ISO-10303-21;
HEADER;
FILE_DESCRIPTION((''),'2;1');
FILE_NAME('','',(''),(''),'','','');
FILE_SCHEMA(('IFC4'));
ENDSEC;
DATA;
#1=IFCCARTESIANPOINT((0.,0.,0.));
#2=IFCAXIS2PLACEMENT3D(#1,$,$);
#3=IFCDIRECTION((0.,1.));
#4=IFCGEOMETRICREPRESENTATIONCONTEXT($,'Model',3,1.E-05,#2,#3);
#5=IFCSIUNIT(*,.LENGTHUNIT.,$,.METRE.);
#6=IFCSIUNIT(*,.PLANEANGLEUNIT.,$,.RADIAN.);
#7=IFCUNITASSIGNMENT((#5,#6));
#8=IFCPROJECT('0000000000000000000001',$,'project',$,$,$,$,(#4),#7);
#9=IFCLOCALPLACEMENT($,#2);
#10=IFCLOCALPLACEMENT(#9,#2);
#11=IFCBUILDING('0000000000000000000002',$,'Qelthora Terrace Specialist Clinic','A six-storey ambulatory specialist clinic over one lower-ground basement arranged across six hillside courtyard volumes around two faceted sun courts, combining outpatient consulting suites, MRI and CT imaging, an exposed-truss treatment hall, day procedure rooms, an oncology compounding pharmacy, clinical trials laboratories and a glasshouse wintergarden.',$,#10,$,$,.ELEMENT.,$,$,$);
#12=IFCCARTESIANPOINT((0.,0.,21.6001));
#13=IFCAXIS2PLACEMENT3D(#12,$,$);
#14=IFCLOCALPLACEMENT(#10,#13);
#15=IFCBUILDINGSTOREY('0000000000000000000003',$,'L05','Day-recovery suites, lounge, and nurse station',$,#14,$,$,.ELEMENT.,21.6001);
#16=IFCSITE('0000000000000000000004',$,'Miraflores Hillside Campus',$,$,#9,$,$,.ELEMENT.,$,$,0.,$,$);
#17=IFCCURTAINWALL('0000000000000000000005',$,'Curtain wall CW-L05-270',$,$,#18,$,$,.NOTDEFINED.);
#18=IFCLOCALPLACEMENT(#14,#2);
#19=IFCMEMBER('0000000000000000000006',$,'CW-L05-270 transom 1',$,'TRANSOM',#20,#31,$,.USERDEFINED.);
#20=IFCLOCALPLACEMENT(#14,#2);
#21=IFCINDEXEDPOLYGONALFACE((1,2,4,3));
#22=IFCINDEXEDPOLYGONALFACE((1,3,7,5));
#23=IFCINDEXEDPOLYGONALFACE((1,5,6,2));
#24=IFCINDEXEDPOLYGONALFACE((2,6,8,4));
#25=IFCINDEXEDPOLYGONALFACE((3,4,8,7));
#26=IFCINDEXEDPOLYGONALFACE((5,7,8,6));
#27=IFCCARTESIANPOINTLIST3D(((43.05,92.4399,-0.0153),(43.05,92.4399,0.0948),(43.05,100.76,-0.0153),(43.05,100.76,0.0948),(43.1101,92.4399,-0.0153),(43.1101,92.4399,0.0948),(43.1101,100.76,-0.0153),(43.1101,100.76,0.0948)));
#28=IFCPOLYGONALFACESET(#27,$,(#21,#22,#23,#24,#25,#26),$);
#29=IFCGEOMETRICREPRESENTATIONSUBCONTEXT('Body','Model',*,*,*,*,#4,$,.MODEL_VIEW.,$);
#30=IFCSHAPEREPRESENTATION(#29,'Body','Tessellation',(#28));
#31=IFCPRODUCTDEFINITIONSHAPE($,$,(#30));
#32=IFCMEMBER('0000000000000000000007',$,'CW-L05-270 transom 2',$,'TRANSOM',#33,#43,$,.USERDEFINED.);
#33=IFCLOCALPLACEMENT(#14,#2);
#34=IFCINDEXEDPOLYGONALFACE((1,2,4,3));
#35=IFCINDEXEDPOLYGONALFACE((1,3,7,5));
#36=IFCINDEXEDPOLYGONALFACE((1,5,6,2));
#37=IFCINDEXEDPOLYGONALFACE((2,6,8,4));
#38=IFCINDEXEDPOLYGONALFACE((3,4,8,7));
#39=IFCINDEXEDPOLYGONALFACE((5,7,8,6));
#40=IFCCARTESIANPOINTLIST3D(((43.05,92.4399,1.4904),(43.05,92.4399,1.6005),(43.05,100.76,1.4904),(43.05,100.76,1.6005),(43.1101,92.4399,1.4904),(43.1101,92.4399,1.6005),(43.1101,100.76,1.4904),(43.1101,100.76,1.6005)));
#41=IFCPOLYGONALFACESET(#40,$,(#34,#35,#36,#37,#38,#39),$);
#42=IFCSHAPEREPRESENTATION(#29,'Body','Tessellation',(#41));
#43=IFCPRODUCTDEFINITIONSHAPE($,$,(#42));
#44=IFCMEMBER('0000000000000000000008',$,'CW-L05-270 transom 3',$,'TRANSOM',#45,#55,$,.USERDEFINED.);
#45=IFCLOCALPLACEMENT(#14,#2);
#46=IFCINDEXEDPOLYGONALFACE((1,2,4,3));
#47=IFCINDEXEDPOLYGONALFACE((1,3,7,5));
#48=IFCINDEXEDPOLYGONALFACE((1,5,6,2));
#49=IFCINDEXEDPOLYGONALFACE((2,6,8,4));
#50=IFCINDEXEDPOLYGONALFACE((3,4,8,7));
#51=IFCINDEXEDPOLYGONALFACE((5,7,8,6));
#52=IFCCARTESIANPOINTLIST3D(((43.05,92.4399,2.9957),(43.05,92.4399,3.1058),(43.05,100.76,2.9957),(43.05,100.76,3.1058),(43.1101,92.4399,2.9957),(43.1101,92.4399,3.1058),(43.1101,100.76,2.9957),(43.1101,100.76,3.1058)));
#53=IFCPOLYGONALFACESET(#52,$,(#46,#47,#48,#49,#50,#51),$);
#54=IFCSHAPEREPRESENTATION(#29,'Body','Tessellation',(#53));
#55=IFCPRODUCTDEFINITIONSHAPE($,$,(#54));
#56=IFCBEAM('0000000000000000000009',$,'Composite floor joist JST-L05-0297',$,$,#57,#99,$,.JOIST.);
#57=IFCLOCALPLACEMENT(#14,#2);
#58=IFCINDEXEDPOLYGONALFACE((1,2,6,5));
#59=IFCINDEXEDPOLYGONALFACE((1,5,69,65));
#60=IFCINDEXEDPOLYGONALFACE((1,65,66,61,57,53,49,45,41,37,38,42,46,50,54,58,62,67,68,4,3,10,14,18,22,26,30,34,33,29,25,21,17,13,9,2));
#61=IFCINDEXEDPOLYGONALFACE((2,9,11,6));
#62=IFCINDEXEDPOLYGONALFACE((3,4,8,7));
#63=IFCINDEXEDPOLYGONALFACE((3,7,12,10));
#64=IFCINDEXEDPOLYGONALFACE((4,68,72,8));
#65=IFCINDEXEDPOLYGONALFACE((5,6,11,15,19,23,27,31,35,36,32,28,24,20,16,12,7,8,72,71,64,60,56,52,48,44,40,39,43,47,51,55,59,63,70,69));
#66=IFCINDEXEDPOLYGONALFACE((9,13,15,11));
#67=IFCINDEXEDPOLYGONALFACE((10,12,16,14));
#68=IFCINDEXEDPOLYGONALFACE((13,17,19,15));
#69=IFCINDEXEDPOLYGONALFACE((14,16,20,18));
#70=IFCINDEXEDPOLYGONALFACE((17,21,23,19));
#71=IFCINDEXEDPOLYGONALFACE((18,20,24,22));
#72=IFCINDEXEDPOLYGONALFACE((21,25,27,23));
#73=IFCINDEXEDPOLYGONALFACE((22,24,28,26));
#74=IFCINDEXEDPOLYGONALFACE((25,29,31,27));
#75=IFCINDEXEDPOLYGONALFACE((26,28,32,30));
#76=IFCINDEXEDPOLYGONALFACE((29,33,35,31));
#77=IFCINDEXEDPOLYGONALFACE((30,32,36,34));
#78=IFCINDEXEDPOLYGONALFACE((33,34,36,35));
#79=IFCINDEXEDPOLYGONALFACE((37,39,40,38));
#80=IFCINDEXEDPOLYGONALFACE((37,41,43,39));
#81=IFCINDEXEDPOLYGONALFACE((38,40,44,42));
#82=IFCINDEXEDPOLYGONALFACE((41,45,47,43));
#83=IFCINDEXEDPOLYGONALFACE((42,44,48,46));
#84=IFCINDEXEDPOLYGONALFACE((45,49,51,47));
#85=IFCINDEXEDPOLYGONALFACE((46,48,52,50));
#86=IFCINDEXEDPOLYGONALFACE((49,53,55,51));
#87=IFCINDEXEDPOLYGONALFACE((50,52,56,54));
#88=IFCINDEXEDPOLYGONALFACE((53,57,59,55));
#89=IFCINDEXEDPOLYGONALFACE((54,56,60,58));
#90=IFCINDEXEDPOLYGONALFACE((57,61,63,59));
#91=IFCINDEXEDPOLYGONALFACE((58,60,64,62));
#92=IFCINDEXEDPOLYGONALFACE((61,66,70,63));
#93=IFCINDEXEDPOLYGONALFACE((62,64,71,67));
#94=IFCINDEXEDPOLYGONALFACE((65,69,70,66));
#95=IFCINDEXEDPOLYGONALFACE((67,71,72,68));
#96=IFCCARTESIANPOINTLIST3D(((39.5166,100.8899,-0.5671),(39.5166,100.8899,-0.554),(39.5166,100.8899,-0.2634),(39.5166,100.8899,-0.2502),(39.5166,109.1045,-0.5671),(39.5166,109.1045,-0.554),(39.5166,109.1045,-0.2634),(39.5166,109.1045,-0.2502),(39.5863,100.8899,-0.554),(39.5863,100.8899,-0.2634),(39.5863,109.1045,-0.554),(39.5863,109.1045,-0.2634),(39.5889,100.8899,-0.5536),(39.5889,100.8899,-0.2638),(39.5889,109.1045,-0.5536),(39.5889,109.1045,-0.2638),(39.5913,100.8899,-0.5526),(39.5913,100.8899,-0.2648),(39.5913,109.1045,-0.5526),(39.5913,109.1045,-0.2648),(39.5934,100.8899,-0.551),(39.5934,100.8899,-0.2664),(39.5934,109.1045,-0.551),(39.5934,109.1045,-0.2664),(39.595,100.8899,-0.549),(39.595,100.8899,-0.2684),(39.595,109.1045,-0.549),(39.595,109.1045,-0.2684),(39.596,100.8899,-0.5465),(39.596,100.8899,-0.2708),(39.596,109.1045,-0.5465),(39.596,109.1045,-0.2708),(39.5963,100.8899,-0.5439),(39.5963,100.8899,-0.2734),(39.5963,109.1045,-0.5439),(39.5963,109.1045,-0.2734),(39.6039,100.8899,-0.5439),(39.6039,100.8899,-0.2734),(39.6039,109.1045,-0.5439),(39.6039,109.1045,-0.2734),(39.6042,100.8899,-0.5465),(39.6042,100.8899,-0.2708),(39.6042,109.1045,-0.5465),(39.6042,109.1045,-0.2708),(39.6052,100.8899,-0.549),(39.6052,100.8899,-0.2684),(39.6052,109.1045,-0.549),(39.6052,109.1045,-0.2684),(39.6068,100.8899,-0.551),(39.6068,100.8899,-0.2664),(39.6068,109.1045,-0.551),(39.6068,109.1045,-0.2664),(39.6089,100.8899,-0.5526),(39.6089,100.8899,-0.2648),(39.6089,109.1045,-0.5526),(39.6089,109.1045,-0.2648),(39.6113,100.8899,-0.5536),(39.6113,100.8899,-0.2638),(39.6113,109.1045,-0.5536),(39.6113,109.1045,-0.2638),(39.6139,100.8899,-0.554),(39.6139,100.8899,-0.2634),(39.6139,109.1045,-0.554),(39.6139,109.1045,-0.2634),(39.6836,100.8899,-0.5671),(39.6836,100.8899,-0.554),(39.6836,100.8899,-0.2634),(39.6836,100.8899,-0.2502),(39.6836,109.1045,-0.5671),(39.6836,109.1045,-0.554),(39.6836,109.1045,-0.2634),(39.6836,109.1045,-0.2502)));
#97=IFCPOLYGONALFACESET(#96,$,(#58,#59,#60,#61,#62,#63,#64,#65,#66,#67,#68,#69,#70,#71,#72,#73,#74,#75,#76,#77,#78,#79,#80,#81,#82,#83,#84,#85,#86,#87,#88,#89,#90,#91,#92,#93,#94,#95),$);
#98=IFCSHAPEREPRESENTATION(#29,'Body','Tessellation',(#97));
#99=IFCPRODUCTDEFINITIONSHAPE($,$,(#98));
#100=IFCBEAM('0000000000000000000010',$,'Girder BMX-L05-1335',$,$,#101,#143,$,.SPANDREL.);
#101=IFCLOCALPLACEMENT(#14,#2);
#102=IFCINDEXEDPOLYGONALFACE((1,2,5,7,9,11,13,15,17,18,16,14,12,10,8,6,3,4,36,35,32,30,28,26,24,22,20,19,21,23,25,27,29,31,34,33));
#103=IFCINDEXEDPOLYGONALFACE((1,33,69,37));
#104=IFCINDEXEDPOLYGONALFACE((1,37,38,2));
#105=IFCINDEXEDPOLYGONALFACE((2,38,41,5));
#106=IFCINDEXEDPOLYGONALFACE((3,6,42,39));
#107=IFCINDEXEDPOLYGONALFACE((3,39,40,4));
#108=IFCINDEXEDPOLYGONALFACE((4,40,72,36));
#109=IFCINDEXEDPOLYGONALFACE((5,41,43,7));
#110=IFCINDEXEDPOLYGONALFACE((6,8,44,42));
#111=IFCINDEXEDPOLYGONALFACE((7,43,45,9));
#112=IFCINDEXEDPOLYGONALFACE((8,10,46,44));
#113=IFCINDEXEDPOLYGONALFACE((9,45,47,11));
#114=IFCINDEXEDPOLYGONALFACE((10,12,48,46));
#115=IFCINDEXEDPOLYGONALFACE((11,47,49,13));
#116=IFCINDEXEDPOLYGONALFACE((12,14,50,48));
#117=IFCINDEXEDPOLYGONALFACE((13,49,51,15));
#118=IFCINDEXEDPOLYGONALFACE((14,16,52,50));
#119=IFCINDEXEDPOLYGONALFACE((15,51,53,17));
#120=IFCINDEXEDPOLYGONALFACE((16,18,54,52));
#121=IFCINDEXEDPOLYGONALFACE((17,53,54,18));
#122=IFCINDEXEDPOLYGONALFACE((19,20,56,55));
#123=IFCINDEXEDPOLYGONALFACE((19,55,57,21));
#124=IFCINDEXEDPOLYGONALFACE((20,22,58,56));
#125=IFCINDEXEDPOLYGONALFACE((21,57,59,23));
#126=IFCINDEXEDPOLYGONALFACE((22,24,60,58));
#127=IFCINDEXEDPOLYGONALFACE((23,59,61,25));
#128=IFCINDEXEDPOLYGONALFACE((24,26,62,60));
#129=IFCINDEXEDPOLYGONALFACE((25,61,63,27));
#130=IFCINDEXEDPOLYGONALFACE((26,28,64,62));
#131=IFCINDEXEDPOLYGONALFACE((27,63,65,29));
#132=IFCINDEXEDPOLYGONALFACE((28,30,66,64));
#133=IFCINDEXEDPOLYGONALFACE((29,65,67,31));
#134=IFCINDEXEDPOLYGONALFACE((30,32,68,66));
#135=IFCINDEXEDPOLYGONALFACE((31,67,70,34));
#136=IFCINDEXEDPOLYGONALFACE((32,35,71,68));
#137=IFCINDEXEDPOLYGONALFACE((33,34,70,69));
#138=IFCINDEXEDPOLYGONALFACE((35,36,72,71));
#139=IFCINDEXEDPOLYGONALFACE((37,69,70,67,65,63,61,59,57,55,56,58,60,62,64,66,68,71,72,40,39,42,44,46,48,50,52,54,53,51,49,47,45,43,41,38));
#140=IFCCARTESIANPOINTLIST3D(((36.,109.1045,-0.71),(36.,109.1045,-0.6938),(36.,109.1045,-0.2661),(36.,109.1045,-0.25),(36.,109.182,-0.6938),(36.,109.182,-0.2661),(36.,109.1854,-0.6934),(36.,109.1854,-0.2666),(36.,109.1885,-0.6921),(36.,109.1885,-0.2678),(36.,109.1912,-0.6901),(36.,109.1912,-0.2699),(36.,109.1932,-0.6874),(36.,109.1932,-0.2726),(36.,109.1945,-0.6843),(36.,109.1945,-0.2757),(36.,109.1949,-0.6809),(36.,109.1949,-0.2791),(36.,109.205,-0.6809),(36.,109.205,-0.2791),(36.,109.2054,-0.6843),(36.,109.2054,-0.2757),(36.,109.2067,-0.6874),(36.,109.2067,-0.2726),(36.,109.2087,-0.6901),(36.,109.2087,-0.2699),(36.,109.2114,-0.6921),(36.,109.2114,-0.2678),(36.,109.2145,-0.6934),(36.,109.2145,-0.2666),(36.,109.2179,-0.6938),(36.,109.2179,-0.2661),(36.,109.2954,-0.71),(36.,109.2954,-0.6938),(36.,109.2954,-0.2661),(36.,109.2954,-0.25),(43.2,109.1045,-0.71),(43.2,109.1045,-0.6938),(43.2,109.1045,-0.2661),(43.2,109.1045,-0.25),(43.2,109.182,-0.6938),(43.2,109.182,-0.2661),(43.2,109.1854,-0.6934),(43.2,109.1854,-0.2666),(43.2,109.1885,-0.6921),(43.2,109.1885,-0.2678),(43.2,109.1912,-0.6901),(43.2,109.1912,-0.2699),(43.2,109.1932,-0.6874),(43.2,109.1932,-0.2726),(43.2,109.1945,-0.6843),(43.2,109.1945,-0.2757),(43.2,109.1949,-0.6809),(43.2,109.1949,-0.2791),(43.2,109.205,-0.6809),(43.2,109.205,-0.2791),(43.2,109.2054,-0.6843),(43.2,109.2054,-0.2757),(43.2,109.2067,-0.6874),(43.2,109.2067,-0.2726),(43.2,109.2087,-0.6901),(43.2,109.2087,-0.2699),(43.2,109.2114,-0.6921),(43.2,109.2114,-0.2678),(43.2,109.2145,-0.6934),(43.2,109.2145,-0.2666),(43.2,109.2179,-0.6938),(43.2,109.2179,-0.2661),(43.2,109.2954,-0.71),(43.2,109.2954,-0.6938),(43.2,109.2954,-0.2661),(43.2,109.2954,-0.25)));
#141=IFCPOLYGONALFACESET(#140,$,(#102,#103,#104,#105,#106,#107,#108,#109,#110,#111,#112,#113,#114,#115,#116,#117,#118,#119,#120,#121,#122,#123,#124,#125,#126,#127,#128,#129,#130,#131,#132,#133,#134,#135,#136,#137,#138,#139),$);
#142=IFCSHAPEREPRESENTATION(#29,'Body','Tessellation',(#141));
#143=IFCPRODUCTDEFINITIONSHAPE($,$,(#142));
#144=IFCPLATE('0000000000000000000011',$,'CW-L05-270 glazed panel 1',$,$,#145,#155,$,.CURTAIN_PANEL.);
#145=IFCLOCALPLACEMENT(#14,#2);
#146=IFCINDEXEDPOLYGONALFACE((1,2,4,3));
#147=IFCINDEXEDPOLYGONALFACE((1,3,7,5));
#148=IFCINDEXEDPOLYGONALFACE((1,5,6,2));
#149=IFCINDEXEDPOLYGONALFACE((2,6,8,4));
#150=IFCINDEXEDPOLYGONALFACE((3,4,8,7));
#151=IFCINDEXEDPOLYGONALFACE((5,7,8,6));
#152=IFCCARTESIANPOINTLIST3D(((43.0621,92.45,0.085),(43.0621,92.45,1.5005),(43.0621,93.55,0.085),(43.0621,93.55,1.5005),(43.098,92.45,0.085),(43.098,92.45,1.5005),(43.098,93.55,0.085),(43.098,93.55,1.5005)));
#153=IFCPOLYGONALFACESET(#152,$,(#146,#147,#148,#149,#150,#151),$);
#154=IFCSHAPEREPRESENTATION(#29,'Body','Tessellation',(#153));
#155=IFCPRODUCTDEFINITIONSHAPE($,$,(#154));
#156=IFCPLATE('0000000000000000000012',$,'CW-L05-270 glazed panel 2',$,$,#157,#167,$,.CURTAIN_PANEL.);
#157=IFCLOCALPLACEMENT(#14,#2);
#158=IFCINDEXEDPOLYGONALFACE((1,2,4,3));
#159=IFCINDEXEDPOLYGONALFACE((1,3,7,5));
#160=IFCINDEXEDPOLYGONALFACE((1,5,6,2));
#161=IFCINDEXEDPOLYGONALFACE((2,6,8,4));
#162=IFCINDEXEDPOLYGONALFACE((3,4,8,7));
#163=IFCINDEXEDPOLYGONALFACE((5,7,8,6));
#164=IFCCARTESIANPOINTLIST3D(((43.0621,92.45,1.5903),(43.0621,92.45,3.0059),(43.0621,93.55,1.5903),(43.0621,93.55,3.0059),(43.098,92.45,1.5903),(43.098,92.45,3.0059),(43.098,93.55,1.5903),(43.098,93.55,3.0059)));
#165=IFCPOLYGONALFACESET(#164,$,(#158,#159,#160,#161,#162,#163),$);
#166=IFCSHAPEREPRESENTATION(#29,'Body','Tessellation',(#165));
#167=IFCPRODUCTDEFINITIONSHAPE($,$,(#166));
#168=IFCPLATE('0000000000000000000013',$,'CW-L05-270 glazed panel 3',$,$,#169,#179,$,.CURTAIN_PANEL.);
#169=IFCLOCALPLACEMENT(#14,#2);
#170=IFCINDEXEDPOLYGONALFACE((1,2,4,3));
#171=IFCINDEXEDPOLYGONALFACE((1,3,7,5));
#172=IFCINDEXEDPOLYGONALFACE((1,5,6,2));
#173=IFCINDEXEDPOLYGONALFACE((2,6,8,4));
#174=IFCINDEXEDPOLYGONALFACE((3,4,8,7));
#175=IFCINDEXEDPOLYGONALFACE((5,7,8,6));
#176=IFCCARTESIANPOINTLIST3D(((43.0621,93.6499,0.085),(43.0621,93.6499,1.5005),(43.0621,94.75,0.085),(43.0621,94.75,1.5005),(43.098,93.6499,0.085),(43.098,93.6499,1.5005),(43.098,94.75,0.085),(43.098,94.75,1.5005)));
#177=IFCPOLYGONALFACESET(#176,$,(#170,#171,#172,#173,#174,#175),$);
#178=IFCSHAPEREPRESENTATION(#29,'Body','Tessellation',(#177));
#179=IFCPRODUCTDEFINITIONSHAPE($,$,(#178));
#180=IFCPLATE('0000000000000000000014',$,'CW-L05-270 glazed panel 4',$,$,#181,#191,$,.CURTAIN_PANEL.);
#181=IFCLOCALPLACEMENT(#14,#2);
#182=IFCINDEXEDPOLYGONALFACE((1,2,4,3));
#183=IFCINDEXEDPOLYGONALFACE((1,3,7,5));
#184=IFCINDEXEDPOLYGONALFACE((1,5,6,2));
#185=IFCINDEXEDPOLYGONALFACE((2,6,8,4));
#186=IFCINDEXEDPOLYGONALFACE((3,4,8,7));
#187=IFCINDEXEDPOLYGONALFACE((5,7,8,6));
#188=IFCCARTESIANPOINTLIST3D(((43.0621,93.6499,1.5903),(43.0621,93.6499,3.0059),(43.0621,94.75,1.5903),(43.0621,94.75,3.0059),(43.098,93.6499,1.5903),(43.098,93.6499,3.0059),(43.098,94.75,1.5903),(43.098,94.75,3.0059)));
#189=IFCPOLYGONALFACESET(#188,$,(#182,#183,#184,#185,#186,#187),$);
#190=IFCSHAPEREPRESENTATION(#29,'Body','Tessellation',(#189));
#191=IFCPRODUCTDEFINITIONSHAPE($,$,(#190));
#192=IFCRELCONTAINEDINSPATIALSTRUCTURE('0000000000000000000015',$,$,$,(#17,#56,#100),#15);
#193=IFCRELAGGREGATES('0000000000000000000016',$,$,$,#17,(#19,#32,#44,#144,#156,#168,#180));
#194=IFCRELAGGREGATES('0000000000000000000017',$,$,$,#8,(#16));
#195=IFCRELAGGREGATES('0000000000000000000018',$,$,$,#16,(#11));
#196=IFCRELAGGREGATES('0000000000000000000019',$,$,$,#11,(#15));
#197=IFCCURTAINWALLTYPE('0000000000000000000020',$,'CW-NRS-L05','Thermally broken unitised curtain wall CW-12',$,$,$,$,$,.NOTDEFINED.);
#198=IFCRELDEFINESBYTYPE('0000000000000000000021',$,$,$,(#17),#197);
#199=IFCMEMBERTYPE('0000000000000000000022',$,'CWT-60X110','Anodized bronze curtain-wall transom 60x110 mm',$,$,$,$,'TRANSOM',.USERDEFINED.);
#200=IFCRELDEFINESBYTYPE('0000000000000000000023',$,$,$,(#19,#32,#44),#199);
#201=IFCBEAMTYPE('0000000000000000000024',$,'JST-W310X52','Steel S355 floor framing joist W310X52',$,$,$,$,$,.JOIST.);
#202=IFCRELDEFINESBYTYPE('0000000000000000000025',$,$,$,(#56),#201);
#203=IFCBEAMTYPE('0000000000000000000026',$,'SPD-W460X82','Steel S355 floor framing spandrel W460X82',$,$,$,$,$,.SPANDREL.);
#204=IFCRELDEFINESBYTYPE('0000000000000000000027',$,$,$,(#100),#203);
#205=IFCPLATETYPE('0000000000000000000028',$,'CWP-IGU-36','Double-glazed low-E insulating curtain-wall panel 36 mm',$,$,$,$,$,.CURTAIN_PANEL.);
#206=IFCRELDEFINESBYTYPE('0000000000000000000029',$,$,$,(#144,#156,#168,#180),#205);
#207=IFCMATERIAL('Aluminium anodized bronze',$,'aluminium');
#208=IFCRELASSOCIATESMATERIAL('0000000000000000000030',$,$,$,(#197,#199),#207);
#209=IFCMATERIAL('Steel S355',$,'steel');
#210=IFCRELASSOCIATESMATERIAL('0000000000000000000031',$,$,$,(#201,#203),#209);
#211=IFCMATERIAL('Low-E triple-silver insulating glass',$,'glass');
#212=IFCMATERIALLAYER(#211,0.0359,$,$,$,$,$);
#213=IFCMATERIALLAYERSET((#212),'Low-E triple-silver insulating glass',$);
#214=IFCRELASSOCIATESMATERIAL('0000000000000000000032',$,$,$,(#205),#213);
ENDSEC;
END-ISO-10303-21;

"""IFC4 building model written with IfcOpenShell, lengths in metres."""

from ifc_helpers import new_model, si_unit, direction, frame, origin, origin_2d, place, context, subcontext, project, spatial, rectangle, i_section, extrude, material, layer, layer_set, material_profile, profile_set, type_object, element, aggregate, save


model = new_model("IFC4")

# Units and contexts
model_context = context("Model", 3, precision=1e-05, world=origin(), true_north=direction((0.0, 1.0)))
body_context = subcontext(model_context, "Body", "Model", "MODEL_VIEW")
ifc_project = project(units=[si_unit("LENGTHUNIT", "METRE"), si_unit("PLANEANGLEUNIT", "RADIAN")], contexts=[model_context])

# Site, building, storey
site_placement = place(None, origin())
site = spatial("IfcSite", under=ifc_project, at=site_placement, Name="Miraflores Hillside Campus", CompositionType="ELEMENT", RefElevation=0.0)
building_placement = place(site_placement, origin())
building = spatial("IfcBuilding", under=site, at=building_placement, Name="Qelthora Terrace Specialist Clinic", Description="A six-storey ambulatory specialist clinic over one lower-ground basement arranged across six hillside courtyard volumes around two faceted sun courts, combining outpatient consulting suites, MRI and CT imaging, an exposed-truss treatment hall, day procedure rooms, an oncology compounding pharmacy, clinical trials laboratories and a glasshouse wintergarden.", CompositionType="ELEMENT")
storey_placement = place(building_placement, frame((0.0, 0.0, 21.6001)))
storey = spatial("IfcBuildingStorey", under=building, at=storey_placement, Name="L05", Description="Day-recovery suites, lounge, and nurse station", CompositionType="ELEMENT", Elevation=21.6001)

# Shared definitions
ifc_material_1 = material(Name="Steel S355", Category="steel")

# Curtain wall, members
ifc_material_2 = material(Name="Aluminium anodized bronze", Category="aluminium")
curtain_wall_type = type_object("IfcCurtainWallType", Name="CW-NRS-L05", Description="Thermally broken unitised curtain wall CW-12", PredefinedType="NOTDEFINED", material=ifc_material_2)
curtain_wall_placement = place(storey_placement, origin())
curtain_wall = element("IfcCurtainWall", 1, at=curtain_wall_placement, inside=storey, type_object=curtain_wall_type, Name="Curtain wall CW-L05-270", PredefinedType="NOTDEFINED")
ifc_material_profile_1 = material_profile(ifc_material_2, rectangle(XDim=0.0601, YDim=0.1101, at=origin_2d()), Name="CWT60X110")
ifc_profile_set_1 = profile_set([ifc_material_profile_1], Name="Aluminium anodized bronze")
member_type_1 = type_object("IfcMemberType", Name="CWT-60X110", Description="Anodized bronze curtain-wall transom 60x110 mm", ElementType="TRANSOM", PredefinedType="USERDEFINED", material=ifc_profile_set_1)
member_1_placement = place(storey_placement, frame((43.0801, 92.4399, 0.0398), z_axis=(0.0, 1.0, 0.0), x_axis=(-1.0, 0.0, 0.0)))
member_1 = element("IfcMember", 2, at=member_1_placement, type_object=member_type_1, Name="CW-L05-270 transom 1", ObjectType="TRANSOM", PredefinedType="USERDEFINED", context=body_context, shape_type="SweptSolid", body=[
    extrude(rectangle(XDim=0.0601, YDim=0.1101, at=origin_2d()), origin(), (0.0, 0.0, 1.0), 8.3201),
])
member_2_placement = place(storey_placement, frame((43.0801, 92.4399, 1.5454), z_axis=(0.0, 1.0, 0.0), x_axis=(-1.0, 0.0, 0.0)))
member_2 = element("IfcMember", 3, at=member_2_placement, type_object=member_type_1, Name="CW-L05-270 transom 2", ObjectType="TRANSOM", PredefinedType="USERDEFINED", context=body_context, shape_type="SweptSolid", body=[
    extrude(rectangle(XDim=0.0601, YDim=0.1101, at=origin_2d()), origin(), (0.0, 0.0, 1.0), 8.3201),
])
member_3_placement = place(storey_placement, frame((43.0801, 92.4399, 3.0508), z_axis=(0.0, 1.0, 0.0), x_axis=(-1.0, 0.0, 0.0)))
member_3 = element("IfcMember", 4, at=member_3_placement, type_object=member_type_1, Name="CW-L05-270 transom 3", ObjectType="TRANSOM", PredefinedType="USERDEFINED", context=body_context, shape_type="SweptSolid", body=[
    extrude(rectangle(XDim=0.0601, YDim=0.1101, at=origin_2d()), origin(), (0.0, 0.0, 1.0), 8.3201),
])

# Beams
ifc_material_profile_2 = material_profile(ifc_material_1, i_section(OverallWidth=0.167, OverallDepth=0.3169, WebThickness=0.0076, FlangeThickness=0.0132, FilletRadius=0.01, at=origin_2d()), Name="W310X52")
ifc_profile_set_2 = profile_set([ifc_material_profile_2], Name="Steel S355")
beam_type_1 = type_object("IfcBeamType", Name="JST-W310X52", Description="Steel S355 floor framing joist W310X52", PredefinedType="JOIST", material=ifc_profile_set_2)
beam_1_placement = place(storey_placement, frame((39.6001, 100.8899, -0.4087), z_axis=(0.0, 1.0, 0.0), x_axis=(-1.0, 0.0, 0.0)))
element("IfcBeam", 5, at=beam_1_placement, inside=storey, type_object=beam_type_1, Name="Composite floor joist JST-L05-0297", PredefinedType="JOIST", context=body_context, shape_type="SweptSolid", body=[
    extrude(i_section(OverallWidth=0.167, OverallDepth=0.3169, WebThickness=0.0076, FlangeThickness=0.0132, FilletRadius=0.01, at=origin_2d()), origin(), (0.0, 0.0, 1.0), 8.2146),
])
ifc_material_profile_3 = material_profile(ifc_material_1, i_section(OverallWidth=0.1909, OverallDepth=0.46, WebThickness=0.01, FlangeThickness=0.0161, FilletRadius=0.0129, at=origin_2d()), Name="W460X82")
ifc_profile_set_3 = profile_set([ifc_material_profile_3], Name="Steel S355")
beam_type_2 = type_object("IfcBeamType", Name="SPD-W460X82", Description="Steel S355 floor framing spandrel W460X82", PredefinedType="SPANDREL", material=ifc_profile_set_3)
beam_2_placement = place(storey_placement, frame((36.0, 109.2, -0.48), z_axis=(1.0, 0.0, 0.0), x_axis=(0.0, 1.0, 0.0)))
element("IfcBeam", 6, at=beam_2_placement, inside=storey, type_object=beam_type_2, Name="Girder BMX-L05-1335", PredefinedType="SPANDREL", context=body_context, shape_type="SweptSolid", body=[
    extrude(i_section(OverallWidth=0.1909, OverallDepth=0.46, WebThickness=0.01, FlangeThickness=0.0161, FilletRadius=0.0129, at=origin_2d()), origin(), (0.0, 0.0, 1.0), 7.2),
])

# Plates
ifc_material_3 = material(Name="Low-E triple-silver insulating glass", Category="glass")
ifc_layer_1 = layer(ifc_material_3, 0.0359)
ifc_layer_set_1 = layer_set([ifc_layer_1], Name="Low-E triple-silver insulating glass")
plate_type = type_object("IfcPlateType", Name="CWP-IGU-36", Description="Double-glazed low-E insulating curtain-wall panel 36 mm", PredefinedType="CURTAIN_PANEL", material=ifc_layer_set_1)
plate_1_placement = place(storey_placement, frame((43.0801, 93.0, 0.085), z_axis=(0.0, 0.0, 1.0), x_axis=(0.0, 1.0, 0.0)))
plate_1 = element("IfcPlate", 7, at=plate_1_placement, type_object=plate_type, Name="CW-L05-270 glazed panel 1", PredefinedType="CURTAIN_PANEL", context=body_context, shape_type="SweptSolid", body=[
    extrude(rectangle(XDim=1.1001, YDim=0.0359, at=origin_2d()), origin(), (0.0, 0.0, 1.0), 1.4155),
])
plate_2_placement = place(storey_placement, frame((43.0801, 93.0, 1.5903), z_axis=(0.0, 0.0, 1.0), x_axis=(0.0, 1.0, 0.0)))
plate_2 = element("IfcPlate", 8, at=plate_2_placement, type_object=plate_type, Name="CW-L05-270 glazed panel 2", PredefinedType="CURTAIN_PANEL", context=body_context, shape_type="SweptSolid", body=[
    extrude(rectangle(XDim=1.1001, YDim=0.0359, at=origin_2d()), origin(), (0.0, 0.0, 1.0), 1.4155),
])
plate_3_placement = place(storey_placement, frame((43.0801, 94.2, 0.085), z_axis=(0.0, 0.0, 1.0), x_axis=(0.0, 1.0, 0.0)))
plate_3 = element("IfcPlate", 9, at=plate_3_placement, type_object=plate_type, Name="CW-L05-270 glazed panel 3", PredefinedType="CURTAIN_PANEL", context=body_context, shape_type="SweptSolid", body=[
    extrude(rectangle(XDim=1.1001, YDim=0.0359, at=origin_2d()), origin(), (0.0, 0.0, 1.0), 1.4155),
])
plate_4_placement = place(storey_placement, frame((43.0801, 94.2, 1.5903), z_axis=(0.0, 0.0, 1.0), x_axis=(0.0, 1.0, 0.0)))
plate_4 = element("IfcPlate", 10, at=plate_4_placement, type_object=plate_type, Name="CW-L05-270 glazed panel 4", PredefinedType="CURTAIN_PANEL", context=body_context, shape_type="SweptSolid", body=[
    extrude(rectangle(XDim=1.1001, YDim=0.0359, at=origin_2d()), origin(), (0.0, 0.0, 1.0), 1.4155),
])
aggregate(curtain_wall, [member_1, member_2, member_3, plate_1, plate_2, plate_3, plate_4])

save(model, "model.ifc")
